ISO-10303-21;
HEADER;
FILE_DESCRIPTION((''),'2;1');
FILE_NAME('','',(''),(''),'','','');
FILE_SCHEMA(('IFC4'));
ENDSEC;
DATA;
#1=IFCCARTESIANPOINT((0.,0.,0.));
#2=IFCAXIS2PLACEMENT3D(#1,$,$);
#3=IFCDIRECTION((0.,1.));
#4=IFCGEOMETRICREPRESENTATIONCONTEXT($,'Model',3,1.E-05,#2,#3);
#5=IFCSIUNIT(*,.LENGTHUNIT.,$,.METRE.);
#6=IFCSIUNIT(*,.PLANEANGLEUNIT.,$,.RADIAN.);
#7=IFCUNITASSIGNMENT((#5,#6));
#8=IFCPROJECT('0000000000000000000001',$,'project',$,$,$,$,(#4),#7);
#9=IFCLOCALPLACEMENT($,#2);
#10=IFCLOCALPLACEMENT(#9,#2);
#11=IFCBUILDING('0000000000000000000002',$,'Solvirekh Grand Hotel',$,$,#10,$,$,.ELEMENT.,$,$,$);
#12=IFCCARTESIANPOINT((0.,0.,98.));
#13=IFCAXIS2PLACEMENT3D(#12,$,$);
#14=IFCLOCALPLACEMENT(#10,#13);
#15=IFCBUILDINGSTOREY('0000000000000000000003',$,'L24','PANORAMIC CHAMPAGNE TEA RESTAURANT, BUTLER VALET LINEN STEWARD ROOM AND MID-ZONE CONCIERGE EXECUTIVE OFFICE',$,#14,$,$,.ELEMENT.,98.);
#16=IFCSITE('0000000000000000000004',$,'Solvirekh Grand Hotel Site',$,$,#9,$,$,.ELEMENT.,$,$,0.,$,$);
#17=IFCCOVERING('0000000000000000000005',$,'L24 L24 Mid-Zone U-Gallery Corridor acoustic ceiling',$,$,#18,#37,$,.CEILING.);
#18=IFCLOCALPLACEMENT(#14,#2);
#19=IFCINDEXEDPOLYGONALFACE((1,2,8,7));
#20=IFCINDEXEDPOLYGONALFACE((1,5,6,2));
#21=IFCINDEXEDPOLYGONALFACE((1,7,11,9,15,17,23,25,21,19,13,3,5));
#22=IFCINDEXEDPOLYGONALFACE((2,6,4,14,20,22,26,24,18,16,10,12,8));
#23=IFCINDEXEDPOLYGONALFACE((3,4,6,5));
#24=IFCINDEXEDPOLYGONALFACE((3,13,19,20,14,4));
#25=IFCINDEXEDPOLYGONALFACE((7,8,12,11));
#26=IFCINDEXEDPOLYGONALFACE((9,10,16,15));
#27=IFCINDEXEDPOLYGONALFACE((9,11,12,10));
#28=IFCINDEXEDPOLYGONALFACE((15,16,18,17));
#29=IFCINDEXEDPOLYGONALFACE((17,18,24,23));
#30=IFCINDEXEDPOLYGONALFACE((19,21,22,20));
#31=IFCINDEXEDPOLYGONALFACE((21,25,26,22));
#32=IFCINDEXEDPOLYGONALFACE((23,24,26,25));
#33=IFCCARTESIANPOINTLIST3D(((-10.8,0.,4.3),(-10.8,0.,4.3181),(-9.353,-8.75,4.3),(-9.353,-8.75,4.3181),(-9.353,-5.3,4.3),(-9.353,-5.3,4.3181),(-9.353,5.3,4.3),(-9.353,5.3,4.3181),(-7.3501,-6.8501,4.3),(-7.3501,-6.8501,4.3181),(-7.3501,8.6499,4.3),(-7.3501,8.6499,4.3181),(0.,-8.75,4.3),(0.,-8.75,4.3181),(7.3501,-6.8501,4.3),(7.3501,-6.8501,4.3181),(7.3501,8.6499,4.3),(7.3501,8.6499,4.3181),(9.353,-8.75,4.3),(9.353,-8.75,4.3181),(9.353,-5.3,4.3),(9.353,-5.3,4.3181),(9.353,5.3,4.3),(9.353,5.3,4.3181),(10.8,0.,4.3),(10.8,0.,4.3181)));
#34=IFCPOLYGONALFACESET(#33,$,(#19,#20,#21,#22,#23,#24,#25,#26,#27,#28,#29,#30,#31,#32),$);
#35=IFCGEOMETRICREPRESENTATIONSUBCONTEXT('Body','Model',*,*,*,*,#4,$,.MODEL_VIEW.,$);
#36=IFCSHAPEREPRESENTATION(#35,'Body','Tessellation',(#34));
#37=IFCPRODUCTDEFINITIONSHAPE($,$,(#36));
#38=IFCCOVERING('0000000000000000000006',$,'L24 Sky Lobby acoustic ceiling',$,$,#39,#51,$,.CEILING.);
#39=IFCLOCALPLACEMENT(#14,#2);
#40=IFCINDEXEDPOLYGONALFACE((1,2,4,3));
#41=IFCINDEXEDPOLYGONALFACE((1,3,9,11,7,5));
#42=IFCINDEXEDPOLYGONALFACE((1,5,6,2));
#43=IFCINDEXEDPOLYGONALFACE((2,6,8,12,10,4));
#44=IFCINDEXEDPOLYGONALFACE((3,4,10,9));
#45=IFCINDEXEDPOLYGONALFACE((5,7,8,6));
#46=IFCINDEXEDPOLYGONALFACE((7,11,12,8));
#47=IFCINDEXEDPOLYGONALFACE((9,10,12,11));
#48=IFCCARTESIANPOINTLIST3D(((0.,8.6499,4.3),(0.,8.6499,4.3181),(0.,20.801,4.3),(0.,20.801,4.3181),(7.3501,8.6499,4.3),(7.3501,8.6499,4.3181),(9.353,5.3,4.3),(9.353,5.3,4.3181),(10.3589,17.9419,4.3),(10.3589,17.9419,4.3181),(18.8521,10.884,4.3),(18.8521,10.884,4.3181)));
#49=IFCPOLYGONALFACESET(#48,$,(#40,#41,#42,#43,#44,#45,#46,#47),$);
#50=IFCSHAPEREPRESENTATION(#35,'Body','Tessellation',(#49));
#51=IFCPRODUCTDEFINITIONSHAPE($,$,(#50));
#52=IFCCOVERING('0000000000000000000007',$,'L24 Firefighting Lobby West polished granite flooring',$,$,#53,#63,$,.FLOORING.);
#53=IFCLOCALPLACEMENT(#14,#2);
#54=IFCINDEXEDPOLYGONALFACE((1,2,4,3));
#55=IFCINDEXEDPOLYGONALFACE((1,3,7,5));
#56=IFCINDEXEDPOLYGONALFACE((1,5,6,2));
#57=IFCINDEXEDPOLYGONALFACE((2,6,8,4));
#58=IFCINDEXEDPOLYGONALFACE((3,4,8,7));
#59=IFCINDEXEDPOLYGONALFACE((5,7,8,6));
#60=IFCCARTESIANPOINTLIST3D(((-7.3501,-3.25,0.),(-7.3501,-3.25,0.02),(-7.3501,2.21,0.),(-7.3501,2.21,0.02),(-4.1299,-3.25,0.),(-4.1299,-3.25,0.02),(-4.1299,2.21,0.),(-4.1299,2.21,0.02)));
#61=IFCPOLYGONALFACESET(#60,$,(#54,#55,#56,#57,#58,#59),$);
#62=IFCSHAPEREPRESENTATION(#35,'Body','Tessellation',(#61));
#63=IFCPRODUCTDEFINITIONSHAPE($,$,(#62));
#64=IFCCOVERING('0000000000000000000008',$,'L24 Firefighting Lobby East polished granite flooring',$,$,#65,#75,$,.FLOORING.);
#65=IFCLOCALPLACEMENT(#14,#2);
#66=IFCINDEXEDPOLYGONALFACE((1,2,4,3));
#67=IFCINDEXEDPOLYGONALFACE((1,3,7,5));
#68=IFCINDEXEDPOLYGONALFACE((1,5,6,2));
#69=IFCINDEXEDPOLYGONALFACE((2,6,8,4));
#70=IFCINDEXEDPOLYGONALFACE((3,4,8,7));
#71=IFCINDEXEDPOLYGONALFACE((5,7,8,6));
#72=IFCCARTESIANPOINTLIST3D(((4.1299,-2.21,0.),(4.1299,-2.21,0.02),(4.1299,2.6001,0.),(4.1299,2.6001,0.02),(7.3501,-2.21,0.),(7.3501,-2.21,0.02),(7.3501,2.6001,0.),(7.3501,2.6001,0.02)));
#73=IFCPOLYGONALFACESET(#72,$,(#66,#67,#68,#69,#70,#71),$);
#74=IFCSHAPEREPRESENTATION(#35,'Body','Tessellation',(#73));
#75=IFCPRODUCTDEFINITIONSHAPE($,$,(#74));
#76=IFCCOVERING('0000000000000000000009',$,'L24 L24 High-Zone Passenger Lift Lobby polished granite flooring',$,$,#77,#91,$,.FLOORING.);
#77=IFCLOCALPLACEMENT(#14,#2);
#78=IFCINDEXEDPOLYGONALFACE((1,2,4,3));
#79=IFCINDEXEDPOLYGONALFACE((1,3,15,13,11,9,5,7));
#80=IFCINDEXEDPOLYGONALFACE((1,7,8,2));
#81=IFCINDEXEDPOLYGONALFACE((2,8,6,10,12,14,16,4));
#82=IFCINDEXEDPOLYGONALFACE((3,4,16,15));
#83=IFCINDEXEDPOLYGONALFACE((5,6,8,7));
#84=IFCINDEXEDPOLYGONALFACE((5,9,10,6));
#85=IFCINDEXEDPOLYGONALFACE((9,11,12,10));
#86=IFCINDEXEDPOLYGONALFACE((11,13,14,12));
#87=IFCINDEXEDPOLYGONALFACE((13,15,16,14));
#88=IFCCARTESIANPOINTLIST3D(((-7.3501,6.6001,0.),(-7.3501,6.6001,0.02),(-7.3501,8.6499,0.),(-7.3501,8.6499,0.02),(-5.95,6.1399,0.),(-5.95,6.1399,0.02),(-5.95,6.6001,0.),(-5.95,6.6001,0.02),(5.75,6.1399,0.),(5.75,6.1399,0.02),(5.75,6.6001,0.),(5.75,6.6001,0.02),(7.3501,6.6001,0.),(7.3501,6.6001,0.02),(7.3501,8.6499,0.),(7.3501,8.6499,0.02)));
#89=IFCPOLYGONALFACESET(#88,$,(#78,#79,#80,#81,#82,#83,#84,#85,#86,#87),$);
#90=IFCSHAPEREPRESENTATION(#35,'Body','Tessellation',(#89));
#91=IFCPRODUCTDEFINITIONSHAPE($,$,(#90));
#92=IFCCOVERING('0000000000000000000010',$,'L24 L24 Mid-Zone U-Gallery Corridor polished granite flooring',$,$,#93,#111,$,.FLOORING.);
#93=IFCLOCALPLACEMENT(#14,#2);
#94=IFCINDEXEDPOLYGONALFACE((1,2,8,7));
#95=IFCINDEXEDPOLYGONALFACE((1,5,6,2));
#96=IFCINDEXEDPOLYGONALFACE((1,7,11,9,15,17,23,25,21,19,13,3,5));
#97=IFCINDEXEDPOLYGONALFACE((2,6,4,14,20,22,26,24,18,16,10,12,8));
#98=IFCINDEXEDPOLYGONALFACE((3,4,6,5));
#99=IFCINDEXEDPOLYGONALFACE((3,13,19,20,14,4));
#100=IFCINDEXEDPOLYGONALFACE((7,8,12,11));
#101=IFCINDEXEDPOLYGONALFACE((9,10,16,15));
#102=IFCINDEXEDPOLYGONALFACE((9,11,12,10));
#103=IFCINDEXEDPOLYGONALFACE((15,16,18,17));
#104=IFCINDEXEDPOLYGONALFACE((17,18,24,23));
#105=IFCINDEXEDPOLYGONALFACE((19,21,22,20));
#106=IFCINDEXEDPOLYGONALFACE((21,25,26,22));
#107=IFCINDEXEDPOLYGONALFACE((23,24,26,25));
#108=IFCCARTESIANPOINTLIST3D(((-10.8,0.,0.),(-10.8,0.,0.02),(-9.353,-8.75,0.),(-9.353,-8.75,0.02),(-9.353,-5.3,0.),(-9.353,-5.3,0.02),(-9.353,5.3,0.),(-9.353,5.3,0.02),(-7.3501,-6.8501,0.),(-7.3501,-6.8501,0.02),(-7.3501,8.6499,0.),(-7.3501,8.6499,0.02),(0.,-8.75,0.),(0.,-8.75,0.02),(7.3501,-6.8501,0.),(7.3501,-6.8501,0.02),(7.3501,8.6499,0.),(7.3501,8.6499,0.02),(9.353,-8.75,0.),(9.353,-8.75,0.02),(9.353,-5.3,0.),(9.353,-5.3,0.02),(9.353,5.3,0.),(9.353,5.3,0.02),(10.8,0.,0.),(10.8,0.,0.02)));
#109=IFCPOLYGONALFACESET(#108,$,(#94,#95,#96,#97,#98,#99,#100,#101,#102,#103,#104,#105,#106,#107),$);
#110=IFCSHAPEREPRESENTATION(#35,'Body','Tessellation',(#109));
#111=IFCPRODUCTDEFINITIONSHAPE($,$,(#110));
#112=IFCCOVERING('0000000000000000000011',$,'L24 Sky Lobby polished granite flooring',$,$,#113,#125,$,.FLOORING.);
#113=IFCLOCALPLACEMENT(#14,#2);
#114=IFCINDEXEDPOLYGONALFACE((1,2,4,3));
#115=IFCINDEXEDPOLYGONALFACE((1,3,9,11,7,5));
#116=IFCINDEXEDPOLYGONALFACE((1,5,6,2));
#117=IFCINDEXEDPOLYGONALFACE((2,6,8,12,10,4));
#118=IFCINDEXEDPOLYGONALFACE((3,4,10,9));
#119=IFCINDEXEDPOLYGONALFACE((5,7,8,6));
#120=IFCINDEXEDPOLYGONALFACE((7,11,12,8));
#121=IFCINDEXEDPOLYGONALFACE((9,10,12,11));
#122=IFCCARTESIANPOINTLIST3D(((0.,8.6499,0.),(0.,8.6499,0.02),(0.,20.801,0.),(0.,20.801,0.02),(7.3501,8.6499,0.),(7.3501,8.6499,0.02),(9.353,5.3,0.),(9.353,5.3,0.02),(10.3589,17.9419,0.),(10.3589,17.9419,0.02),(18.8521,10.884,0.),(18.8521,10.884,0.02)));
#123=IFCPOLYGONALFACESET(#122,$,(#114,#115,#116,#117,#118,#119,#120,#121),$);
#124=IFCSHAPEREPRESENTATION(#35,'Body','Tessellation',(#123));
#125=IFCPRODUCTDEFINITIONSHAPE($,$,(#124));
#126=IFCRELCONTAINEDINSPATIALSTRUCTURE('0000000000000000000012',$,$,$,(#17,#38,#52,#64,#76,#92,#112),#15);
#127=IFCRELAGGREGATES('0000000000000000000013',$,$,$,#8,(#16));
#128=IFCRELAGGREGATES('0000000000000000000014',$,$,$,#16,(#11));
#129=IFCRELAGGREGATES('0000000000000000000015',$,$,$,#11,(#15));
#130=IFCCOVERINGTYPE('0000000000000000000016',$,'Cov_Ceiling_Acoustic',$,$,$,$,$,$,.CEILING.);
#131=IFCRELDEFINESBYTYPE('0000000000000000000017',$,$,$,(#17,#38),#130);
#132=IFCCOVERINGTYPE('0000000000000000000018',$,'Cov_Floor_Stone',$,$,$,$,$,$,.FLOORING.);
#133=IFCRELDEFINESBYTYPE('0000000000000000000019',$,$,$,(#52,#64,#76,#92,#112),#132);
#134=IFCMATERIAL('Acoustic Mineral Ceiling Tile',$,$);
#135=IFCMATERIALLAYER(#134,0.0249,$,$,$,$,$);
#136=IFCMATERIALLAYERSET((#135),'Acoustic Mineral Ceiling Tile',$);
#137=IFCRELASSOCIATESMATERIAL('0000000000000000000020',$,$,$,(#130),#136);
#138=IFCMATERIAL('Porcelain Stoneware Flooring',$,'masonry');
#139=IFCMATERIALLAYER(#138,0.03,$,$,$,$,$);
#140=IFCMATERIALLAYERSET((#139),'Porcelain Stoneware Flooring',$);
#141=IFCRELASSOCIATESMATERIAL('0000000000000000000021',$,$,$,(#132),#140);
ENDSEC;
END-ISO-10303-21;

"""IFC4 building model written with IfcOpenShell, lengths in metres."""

from ifc_helpers import new_model, si_unit, direction, frame, origin, place, context, subcontext, project, spatial, polyline, outline, extrude, material, layer, layer_set, type_object, element, save


model = new_model("IFC4")

# Units and contexts
model_context = context("Model", 3, precision=1e-05, world=origin(), true_north=direction((0.0, 1.0)))
body_context = subcontext(model_context, "Body", "Model", "MODEL_VIEW")
ifc_project = project(units=[si_unit("LENGTHUNIT", "METRE"), si_unit("PLANEANGLEUNIT", "RADIAN")], contexts=[model_context])

# Site, building, storey
site_placement = place(None, origin())
site = spatial("IfcSite", under=ifc_project, at=site_placement, Name="Solvirekh Grand Hotel Site", CompositionType="ELEMENT", RefElevation=0.0)
building_placement = place(site_placement, origin())
building = spatial("IfcBuilding", under=site, at=building_placement, Name="Solvirekh Grand Hotel", CompositionType="ELEMENT")
storey_placement = place(building_placement, frame((0.0, 0.0, 98.0)))
storey = spatial("IfcBuildingStorey", under=building, at=storey_placement, Name="L24", Description="PANORAMIC CHAMPAGNE TEA RESTAURANT, BUTLER VALET LINEN STEWARD ROOM AND MID-ZONE CONCIERGE EXECUTIVE OFFICE", CompositionType="ELEMENT", Elevation=98.0)

# Coverings
ifc_material_1 = material(Name="Acoustic Mineral Ceiling Tile")
ifc_layer_1 = layer(ifc_material_1, 0.0249)
ifc_layer_set_1 = layer_set([ifc_layer_1], Name="Acoustic Mineral Ceiling Tile")
covering_type_1 = type_object("IfcCoveringType", Name="Cov_Ceiling_Acoustic", PredefinedType="CEILING", material=ifc_layer_set_1)
covering_1_placement = place(storey_placement, frame((0.0, 0.0, 4.3)))
element("IfcCovering", 1, at=covering_1_placement, inside=storey, type_object=covering_type_1, Name="L24 L24 Mid-Zone U-Gallery Corridor acoustic ceiling", PredefinedType="CEILING", context=body_context, shape_type="SweptSolid", body=[
    extrude(outline(polyline([(-7.3501, -6.8501), (-7.3501, 8.6499), (-9.353, 5.3), (-10.8, 0.0), (-9.353, -5.3), (-9.353, -8.75), (0.0, -8.75), (9.353, -8.75), (9.353, -5.3), (10.8, 0.0), (9.353, 5.3), (7.3501, 8.6499), (7.3501, -6.8501), (-7.3501, -6.8501)])), origin(), (0.0, 0.0, 1.0), 0.0181),
])
covering_2_placement = place(storey_placement, frame((0.0, 0.0, 4.3)))
element("IfcCovering", 2, at=covering_2_placement, inside=storey, type_object=covering_type_1, Name="L24 Sky Lobby acoustic ceiling", PredefinedType="CEILING", context=body_context, shape_type="SweptSolid", body=[
    extrude(outline(polyline([(0.0, 8.6499), (7.3501, 8.6499), (9.353, 5.3), (18.8521, 10.884), (10.3589, 17.9419), (0.0, 20.801), (0.0, 8.6499)])), origin(), (0.0, 0.0, 1.0), 0.0181),
])
ifc_material_2 = material(Name="Porcelain Stoneware Flooring", Category="masonry")
ifc_layer_2 = layer(ifc_material_2, 0.03)
ifc_layer_set_2 = layer_set([ifc_layer_2], Name="Porcelain Stoneware Flooring")
covering_type_2 = type_object("IfcCoveringType", Name="Cov_Floor_Stone", PredefinedType="FLOORING", material=ifc_layer_set_2)
covering_3_placement = place(storey_placement, origin())
element("IfcCovering", 3, at=covering_3_placement, inside=storey, type_object=covering_type_2, Name="L24 Firefighting Lobby West polished granite flooring", PredefinedType="FLOORING", context=body_context, shape_type="SweptSolid", body=[
    extrude(outline(polyline([(-7.3501, -3.25), (-4.1299, -3.25), (-4.1299, 2.21), (-7.3501, 2.21), (-7.3501, -3.25)])), origin(), (0.0, 0.0, 1.0), 0.02),
])
covering_4_placement = place(storey_placement, origin())
element("IfcCovering", 4, at=covering_4_placement, inside=storey, type_object=covering_type_2, Name="L24 Firefighting Lobby East polished granite flooring", PredefinedType="FLOORING", context=body_context, shape_type="SweptSolid", body=[
    extrude(outline(polyline([(4.1299, -2.21), (7.3501, -2.21), (7.3501, 2.6001), (4.1299, 2.6001), (4.1299, -2.21)])), origin(), (0.0, 0.0, 1.0), 0.02),
])
covering_5_placement = place(storey_placement, origin())
element("IfcCovering", 5, at=covering_5_placement, inside=storey, type_object=covering_type_2, Name="L24 L24 High-Zone Passenger Lift Lobby polished granite flooring", PredefinedType="FLOORING", context=body_context, shape_type="SweptSolid", body=[
    extrude(outline(polyline([(-7.3501, 6.6001), (-5.95, 6.6001), (-5.95, 6.1399), (5.75, 6.1399), (5.75, 6.6001), (7.3501, 6.6001), (7.3501, 8.6499), (-7.3501, 8.6499), (-7.3501, 6.6001)])), origin(), (0.0, 0.0, 1.0), 0.02),
])
covering_6_placement = place(storey_placement, origin())
element("IfcCovering", 6, at=covering_6_placement, inside=storey, type_object=covering_type_2, Name="L24 L24 Mid-Zone U-Gallery Corridor polished granite flooring", PredefinedType="FLOORING", context=body_context, shape_type="SweptSolid", body=[
    extrude(outline(polyline([(-7.3501, -6.8501), (-7.3501, 8.6499), (-9.353, 5.3), (-10.8, 0.0), (-9.353, -5.3), (-9.353, -8.75), (0.0, -8.75), (9.353, -8.75), (9.353, -5.3), (10.8, 0.0), (9.353, 5.3), (7.3501, 8.6499), (7.3501, -6.8501), (-7.3501, -6.8501)])), origin(), (0.0, 0.0, 1.0), 0.02),
])
covering_7_placement = place(storey_placement, origin())
element("IfcCovering", 7, at=covering_7_placement, inside=storey, type_object=covering_type_2, Name="L24 Sky Lobby polished granite flooring", PredefinedType="FLOORING", context=body_context, shape_type="SweptSolid", body=[
    extrude(outline(polyline([(0.0, 8.6499), (7.3501, 8.6499), (9.353, 5.3), (18.8521, 10.884), (10.3589, 17.9419), (0.0, 20.801), (0.0, 8.6499)])), origin(), (0.0, 0.0, 1.0), 0.02),
])

save(model, "model.ifc")
